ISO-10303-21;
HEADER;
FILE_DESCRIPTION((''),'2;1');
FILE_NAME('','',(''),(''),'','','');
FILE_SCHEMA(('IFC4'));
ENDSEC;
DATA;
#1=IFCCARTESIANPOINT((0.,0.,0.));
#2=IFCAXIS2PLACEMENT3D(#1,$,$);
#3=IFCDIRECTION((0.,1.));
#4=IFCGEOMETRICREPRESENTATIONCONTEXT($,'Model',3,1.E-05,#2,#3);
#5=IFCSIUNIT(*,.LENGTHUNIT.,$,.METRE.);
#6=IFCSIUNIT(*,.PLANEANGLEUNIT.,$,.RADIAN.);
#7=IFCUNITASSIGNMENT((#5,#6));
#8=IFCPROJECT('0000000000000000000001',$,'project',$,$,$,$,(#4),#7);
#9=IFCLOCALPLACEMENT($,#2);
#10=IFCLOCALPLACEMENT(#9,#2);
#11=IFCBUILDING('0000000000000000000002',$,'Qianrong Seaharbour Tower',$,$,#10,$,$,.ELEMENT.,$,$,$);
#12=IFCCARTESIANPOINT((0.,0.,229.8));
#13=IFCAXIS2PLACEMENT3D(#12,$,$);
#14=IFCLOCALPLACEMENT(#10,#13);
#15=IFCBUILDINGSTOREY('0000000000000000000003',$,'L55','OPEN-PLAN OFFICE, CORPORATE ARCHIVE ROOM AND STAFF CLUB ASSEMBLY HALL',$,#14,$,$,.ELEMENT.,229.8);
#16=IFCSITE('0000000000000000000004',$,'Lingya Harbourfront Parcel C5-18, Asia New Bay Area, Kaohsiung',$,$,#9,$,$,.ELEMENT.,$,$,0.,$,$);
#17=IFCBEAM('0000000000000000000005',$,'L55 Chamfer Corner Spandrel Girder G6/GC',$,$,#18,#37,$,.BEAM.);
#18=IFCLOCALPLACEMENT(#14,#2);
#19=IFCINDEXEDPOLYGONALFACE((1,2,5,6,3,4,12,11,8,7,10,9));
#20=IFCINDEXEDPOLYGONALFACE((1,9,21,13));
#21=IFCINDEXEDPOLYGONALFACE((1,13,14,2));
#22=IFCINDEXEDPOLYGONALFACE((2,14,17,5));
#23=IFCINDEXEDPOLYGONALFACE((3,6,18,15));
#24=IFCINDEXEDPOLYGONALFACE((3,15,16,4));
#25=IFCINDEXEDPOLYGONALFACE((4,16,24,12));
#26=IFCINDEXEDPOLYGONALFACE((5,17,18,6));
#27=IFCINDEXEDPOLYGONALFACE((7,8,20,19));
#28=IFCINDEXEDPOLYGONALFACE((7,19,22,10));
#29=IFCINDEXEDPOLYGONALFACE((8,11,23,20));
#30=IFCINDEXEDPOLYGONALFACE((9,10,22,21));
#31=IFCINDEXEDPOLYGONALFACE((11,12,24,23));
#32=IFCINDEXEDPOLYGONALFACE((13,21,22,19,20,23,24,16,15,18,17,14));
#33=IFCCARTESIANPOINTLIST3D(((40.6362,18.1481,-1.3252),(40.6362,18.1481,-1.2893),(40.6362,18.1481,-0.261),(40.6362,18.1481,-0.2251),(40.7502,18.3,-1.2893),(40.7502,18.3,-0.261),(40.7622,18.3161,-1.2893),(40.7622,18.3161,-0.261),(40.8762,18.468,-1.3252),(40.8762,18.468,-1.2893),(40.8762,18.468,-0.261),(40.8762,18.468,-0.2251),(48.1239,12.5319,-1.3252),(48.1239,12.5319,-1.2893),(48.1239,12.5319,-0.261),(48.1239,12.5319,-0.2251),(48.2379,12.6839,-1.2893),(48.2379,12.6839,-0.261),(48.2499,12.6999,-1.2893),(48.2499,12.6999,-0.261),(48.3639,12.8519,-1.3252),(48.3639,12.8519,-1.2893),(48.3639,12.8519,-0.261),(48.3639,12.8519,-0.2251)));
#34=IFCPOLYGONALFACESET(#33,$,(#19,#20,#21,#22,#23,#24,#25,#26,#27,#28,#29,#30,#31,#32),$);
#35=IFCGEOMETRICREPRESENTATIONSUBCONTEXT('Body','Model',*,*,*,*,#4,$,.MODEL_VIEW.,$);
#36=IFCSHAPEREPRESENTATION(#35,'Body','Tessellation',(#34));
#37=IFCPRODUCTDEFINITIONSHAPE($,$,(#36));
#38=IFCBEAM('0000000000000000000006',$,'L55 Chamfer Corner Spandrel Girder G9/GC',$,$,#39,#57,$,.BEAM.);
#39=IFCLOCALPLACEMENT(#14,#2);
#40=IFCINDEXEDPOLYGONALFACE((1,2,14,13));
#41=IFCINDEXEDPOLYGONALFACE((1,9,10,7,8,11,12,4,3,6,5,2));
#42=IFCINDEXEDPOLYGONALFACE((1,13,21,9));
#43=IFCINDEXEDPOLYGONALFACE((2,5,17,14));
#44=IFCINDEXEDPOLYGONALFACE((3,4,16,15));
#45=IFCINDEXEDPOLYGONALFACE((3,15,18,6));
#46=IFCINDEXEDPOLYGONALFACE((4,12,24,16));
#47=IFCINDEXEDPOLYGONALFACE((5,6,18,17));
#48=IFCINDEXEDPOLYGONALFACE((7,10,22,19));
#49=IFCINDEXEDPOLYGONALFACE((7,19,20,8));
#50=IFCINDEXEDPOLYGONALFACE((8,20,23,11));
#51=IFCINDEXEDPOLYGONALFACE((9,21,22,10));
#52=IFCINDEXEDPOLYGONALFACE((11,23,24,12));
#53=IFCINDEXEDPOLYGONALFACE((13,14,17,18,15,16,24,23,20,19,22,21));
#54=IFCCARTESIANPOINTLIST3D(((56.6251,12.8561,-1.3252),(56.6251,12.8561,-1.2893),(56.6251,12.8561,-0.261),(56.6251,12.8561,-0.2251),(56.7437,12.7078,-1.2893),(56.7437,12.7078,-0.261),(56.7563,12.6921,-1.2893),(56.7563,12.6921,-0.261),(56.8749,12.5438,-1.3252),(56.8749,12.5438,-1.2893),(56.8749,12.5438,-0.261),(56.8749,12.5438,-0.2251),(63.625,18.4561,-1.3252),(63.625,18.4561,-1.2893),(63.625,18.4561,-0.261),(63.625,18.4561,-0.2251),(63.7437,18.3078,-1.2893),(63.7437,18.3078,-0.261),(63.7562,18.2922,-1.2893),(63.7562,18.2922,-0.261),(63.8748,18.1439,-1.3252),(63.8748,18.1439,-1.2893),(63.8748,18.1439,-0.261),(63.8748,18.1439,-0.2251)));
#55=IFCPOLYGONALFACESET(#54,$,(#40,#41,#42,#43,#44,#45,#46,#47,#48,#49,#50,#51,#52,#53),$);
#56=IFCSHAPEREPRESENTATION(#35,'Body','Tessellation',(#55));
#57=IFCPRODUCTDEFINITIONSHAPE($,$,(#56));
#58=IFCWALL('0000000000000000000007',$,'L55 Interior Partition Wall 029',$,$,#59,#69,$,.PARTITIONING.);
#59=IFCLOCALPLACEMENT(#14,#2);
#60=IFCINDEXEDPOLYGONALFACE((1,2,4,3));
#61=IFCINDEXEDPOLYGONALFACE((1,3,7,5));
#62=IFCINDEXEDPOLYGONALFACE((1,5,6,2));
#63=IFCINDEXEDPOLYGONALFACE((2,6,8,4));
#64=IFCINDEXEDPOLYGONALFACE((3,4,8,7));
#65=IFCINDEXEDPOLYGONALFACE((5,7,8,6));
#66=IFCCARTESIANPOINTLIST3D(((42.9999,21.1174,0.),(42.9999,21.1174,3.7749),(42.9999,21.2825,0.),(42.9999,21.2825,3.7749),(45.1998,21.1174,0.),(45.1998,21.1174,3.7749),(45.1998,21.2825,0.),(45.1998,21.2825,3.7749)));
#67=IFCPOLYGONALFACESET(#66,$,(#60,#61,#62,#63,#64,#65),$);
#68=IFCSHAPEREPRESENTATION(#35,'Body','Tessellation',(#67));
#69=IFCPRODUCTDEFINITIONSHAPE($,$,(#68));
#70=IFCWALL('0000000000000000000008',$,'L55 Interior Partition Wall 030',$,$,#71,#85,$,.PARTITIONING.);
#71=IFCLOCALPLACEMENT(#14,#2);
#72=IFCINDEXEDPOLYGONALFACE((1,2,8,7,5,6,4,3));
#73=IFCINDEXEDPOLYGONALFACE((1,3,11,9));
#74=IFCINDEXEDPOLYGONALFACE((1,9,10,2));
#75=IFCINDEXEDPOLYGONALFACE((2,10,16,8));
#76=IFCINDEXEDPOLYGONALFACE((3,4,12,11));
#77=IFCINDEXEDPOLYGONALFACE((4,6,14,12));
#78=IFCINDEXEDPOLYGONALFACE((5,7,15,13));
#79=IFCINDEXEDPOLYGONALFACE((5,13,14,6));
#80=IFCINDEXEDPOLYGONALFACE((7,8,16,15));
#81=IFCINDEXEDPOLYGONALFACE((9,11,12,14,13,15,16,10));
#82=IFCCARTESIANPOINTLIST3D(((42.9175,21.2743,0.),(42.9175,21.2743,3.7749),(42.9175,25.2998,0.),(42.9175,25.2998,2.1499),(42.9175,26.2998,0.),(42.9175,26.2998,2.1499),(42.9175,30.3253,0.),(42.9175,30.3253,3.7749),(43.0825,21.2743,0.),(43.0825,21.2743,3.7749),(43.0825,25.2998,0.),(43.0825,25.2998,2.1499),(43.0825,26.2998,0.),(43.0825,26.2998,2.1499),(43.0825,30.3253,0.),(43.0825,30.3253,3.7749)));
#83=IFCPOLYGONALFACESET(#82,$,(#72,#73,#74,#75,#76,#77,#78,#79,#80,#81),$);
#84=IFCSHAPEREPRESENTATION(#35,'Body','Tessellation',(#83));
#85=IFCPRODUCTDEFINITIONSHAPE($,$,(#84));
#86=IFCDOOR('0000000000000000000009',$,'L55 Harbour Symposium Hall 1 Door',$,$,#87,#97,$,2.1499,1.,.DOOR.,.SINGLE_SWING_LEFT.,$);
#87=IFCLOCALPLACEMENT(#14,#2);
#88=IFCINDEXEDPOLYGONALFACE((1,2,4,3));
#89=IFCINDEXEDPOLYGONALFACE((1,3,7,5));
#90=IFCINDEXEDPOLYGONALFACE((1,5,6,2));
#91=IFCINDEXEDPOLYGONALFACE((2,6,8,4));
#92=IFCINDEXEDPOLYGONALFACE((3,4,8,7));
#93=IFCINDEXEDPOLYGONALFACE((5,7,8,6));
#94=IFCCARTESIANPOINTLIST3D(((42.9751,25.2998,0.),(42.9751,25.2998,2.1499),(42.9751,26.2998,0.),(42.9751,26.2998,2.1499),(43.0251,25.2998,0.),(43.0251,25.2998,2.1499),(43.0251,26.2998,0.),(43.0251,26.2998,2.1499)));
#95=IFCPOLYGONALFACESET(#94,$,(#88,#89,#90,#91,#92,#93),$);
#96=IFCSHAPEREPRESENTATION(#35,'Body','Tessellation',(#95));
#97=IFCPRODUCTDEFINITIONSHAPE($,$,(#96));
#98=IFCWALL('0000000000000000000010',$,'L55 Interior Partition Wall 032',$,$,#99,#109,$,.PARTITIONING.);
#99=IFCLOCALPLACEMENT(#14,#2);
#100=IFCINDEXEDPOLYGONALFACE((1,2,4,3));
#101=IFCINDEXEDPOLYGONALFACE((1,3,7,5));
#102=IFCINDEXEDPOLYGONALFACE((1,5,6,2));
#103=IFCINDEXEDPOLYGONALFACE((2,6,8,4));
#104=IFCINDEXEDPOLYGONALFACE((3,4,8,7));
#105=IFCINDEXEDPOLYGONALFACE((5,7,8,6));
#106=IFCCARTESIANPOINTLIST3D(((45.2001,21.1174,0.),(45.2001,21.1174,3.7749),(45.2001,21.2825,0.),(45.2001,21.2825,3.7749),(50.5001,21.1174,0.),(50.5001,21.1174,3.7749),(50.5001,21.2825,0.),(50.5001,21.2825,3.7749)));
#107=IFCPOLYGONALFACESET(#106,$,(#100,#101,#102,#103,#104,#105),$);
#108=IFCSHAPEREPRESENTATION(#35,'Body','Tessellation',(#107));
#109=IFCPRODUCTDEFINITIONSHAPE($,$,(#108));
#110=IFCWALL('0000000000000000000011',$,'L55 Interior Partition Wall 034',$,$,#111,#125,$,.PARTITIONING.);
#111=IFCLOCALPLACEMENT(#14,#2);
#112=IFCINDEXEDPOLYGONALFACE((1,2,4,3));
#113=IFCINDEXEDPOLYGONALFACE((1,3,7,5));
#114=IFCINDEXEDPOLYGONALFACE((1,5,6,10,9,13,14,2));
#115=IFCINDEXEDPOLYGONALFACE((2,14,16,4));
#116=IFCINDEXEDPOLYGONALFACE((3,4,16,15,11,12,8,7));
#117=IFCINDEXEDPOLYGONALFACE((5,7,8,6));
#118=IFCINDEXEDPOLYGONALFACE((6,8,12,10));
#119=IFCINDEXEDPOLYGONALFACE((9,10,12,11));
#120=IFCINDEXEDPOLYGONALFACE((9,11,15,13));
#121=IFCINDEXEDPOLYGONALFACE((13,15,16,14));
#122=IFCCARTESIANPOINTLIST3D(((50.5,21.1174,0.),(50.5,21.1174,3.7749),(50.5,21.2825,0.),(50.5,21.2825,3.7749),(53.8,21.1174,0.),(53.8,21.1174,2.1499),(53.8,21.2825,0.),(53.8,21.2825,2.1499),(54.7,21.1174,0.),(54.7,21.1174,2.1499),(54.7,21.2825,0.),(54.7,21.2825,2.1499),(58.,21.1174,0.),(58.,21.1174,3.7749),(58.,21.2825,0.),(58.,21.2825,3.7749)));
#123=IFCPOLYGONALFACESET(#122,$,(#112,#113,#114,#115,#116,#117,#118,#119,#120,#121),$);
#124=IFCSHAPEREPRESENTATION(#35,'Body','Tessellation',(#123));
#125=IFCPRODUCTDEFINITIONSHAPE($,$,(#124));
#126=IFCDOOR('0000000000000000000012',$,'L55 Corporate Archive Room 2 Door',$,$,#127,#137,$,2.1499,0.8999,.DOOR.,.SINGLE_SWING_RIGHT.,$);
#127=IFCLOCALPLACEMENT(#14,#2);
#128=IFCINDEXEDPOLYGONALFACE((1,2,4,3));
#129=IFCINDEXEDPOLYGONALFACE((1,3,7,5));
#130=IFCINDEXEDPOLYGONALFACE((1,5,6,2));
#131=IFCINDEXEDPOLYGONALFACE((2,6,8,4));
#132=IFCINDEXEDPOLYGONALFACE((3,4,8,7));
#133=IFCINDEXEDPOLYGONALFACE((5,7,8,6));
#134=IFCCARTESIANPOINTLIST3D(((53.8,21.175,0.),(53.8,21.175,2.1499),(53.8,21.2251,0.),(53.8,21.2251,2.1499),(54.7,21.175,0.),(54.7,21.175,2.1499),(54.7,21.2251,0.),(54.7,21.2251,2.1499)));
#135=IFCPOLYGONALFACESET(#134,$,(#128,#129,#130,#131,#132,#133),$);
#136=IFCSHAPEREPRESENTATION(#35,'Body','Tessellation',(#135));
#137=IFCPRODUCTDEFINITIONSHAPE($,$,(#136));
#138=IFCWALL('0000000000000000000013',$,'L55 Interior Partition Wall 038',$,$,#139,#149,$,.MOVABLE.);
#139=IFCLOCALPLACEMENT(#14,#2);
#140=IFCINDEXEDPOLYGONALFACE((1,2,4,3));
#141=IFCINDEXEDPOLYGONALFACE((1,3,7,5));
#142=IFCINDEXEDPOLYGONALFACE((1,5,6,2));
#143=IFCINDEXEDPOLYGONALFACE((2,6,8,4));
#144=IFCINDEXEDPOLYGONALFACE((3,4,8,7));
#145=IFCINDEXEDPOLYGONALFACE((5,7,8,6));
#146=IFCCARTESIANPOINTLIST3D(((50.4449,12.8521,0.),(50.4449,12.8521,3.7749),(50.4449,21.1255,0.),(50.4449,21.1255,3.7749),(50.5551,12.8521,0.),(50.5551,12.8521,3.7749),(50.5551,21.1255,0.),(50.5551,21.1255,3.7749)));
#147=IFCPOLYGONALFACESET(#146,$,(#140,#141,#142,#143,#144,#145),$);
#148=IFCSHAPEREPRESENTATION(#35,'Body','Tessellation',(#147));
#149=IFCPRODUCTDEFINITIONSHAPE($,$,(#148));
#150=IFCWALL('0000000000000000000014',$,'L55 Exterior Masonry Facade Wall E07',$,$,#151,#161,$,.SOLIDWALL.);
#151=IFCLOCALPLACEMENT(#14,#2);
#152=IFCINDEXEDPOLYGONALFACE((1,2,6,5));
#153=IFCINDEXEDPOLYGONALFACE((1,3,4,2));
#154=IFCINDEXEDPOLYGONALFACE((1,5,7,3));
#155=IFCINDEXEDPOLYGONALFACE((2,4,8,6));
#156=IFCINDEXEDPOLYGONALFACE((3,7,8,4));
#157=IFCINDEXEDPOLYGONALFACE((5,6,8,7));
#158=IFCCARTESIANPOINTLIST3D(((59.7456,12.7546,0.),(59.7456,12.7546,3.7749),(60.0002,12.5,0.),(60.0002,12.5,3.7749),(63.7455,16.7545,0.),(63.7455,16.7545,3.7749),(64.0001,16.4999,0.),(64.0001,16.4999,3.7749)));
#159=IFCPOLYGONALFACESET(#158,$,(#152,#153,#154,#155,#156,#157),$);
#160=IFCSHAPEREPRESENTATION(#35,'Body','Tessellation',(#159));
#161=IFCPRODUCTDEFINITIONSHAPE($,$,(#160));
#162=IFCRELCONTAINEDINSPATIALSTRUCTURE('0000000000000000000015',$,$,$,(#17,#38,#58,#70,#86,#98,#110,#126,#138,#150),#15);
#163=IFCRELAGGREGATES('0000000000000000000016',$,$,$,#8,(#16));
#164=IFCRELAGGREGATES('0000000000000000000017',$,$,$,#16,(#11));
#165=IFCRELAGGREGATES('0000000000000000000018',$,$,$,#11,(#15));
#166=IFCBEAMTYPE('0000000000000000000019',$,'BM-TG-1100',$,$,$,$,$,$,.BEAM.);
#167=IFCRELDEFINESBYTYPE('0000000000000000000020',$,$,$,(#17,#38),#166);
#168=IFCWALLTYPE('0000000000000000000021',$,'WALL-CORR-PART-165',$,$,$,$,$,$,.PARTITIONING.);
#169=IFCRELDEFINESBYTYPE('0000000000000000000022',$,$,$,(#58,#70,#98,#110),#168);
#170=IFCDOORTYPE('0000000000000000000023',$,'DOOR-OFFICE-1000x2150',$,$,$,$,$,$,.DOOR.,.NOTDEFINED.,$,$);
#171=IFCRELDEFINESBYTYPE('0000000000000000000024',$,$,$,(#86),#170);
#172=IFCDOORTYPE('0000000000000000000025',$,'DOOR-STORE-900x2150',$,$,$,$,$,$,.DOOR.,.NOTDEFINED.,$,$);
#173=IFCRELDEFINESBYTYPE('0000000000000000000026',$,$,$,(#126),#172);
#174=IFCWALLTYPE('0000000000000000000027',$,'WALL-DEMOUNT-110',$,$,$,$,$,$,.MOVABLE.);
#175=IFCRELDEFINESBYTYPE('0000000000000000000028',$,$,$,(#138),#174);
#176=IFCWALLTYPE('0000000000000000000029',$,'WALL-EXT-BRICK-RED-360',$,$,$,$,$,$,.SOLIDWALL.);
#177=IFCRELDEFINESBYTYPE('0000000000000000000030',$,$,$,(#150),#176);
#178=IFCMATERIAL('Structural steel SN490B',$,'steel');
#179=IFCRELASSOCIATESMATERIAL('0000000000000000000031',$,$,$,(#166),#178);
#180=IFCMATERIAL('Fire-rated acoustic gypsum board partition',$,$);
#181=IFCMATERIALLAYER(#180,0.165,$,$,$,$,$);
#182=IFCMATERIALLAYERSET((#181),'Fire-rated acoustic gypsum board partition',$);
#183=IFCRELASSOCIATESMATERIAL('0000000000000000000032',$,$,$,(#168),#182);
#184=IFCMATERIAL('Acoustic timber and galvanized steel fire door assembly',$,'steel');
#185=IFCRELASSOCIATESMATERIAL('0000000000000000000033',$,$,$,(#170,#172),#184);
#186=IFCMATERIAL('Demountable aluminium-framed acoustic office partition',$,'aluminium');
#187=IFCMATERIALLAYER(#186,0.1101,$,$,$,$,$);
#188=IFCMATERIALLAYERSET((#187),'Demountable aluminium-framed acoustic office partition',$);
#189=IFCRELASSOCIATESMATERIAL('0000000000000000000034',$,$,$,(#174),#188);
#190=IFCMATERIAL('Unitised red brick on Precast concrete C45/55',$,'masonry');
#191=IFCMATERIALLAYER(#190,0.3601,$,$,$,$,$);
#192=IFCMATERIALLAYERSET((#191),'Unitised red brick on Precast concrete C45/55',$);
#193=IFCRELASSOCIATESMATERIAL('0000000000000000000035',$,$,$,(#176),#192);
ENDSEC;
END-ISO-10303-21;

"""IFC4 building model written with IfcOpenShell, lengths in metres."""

from ifc_helpers import new_model, si_unit, direction, frame, frame_2d, origin, origin_2d, place, context, subcontext, project, spatial, rectangle, i_section, extrude, material, layer, layer_set, material_profile, profile_set, type_object, element, fill, save


model = new_model("IFC4")

# Units and contexts
model_context = context("Model", 3, precision=1e-05, world=origin(), true_north=direction((0.0, 1.0)))
body_context = subcontext(model_context, "Body", "Model", "MODEL_VIEW")
ifc_project = project(units=[si_unit("LENGTHUNIT", "METRE"), si_unit("PLANEANGLEUNIT", "RADIAN")], contexts=[model_context])

# Site, building, storey
site_placement = place(None, origin())
site = spatial("IfcSite", under=ifc_project, at=site_placement, Name="Lingya Harbourfront Parcel C5-18, Asia New Bay Area, Kaohsiung", CompositionType="ELEMENT", RefElevation=0.0)
building_placement = place(site_placement, origin())
building = spatial("IfcBuilding", under=site, at=building_placement, Name="Qianrong Seaharbour Tower", CompositionType="ELEMENT")
storey_placement = place(building_placement, frame((0.0, 0.0, 229.8)))
storey = spatial("IfcBuildingStorey", under=building, at=storey_placement, Name="L55", Description="OPEN-PLAN OFFICE, CORPORATE ARCHIVE ROOM AND STAFF CLUB ASSEMBLY HALL", CompositionType="ELEMENT", Elevation=229.8)

# Shared definitions
ifc_material_1 = material(Name="Structural steel SN490B", Category="steel")

# Beams
ifc_material_profile_1 = material_profile(ifc_material_1, i_section(OverallWidth=0.3999, OverallDepth=1.1001, WebThickness=0.02, FlangeThickness=0.0359, at=origin_2d()), Name="BH1100x400x20x36")
ifc_profile_set_1 = profile_set([ifc_material_profile_1], Name="Structural steel SN490B")
beam_type_1 = type_object("IfcBeamType", Name="BM-TG-1100", PredefinedType="BEAM", material=ifc_profile_set_1)
beam_1_placement = place(storey_placement, frame((48.2439, 12.6919, -0.7751), z_axis=(-0.799981, 0.600025, 0.0), x_axis=(-0.600025, -0.799981, 0.0)))
element("IfcBeam", 1, at=beam_1_placement, inside=storey, type_object=beam_type_1, Name="L55 Chamfer Corner Spandrel Girder G6/GC", PredefinedType="BEAM", context=body_context, shape_type="SweptSolid", body=[
    extrude(i_section(OverallWidth=0.3999, OverallDepth=1.1001, WebThickness=0.02, FlangeThickness=0.0359, at=origin_2d()), origin(), (0.0, 0.0, 1.0), 9.3599),
])
beam_2_placement = place(storey_placement, frame((56.75, 12.7, -0.7751), z_axis=(0.780863, 0.624702, 0.0), x_axis=(-0.624702, 0.780863, 0.0)))
element("IfcBeam", 2, at=beam_2_placement, inside=storey, type_object=beam_type_1, Name="L55 Chamfer Corner Spandrel Girder G9/GC", PredefinedType="BEAM", context=body_context, shape_type="SweptSolid", body=[
    extrude(i_section(OverallWidth=0.3999, OverallDepth=1.1001, WebThickness=0.02, FlangeThickness=0.0359, at=origin_2d()), origin(), (0.0, 0.0, 1.0), 8.9644),
])

# Wall
ifc_material_2 = material(Name="Fire-rated acoustic gypsum board partition")
ifc_layer_1 = layer(ifc_material_2, 0.165)
ifc_layer_set_1 = layer_set([ifc_layer_1], Name="Fire-rated acoustic gypsum board partition")
wall_type_1 = type_object("IfcWallType", Name="WALL-CORR-PART-165", PredefinedType="PARTITIONING", material=ifc_layer_set_1)
wall_1_placement = place(storey_placement, frame((45.2, 21.2, 0.0), z_axis=(0.0, 0.0, 1.0), x_axis=(-1.0, 0.0, 0.0)))
element("IfcWall", 3, at=wall_1_placement, inside=storey, type_object=wall_type_1, Name="L55 Interior Partition Wall 029", PredefinedType="PARTITIONING", context=body_context, shape_type="SweptSolid", body=[
    extrude(rectangle(XDim=2.2, YDim=0.165, at=frame_2d((1.1001, 0.0))), origin(), (0.0, 0.0, 1.0), 3.7749),
])

# Wall, opening, door
wall_2_placement = place(storey_placement, frame((43.0, 21.2744, 0.0), z_axis=(0.0, 0.0, 1.0), x_axis=(0.0, 1.0, 0.0)))
wall_2 = element("IfcWall", 4, at=wall_2_placement, inside=storey, type_object=wall_type_1, Name="L55 Interior Partition Wall 030", PredefinedType="PARTITIONING", context=body_context, shape_type="SweptSolid", body=[
    extrude(rectangle(XDim=9.051, YDim=0.165, at=frame_2d((4.5254, 0.0))), origin(), (0.0, 0.0, 1.0), 3.7749),
])
opening_1_placement = place(wall_2_placement, frame((4.0254, 0.0, 0.0)))
opening_1 = element("IfcOpeningElement", 5, at=opening_1_placement, cuts=wall_2, PredefinedType="OPENING", context=body_context, shape_type="SweptSolid", body=[
    extrude(rectangle(XDim=1.0, YDim=2.1499, at=frame_2d((0.5, 1.075))), frame((0.0, 0.0925, 0.0), z_axis=(0.0, -1.0, 0.0), x_axis=(1.0, 0.0, 0.0)), (0.0, 0.0, 1.0), 0.1851),
])
ifc_material_3 = material(Name="Acoustic timber and galvanized steel fire door assembly", Category="steel")
door_type_1 = type_object("IfcDoorType", Name="DOOR-OFFICE-1000x2150", OperationType="NOTDEFINED", PredefinedType="DOOR", material=ifc_material_3)
door_1_placement = place(opening_1_placement, origin())
door_1 = element("IfcDoor", 6, at=door_1_placement, inside=storey, type_object=door_type_1, Name="L55 Harbour Symposium Hall 1 Door", OperationType="SINGLE_SWING_LEFT", OverallHeight=2.1499, OverallWidth=1.0, PredefinedType="DOOR", context=body_context, shape_type="SweptSolid", body=[
    extrude(rectangle(XDim=1.0, YDim=2.1499, at=frame_2d((0.5, 1.075))), frame((0.0, 0.0249, 0.0), z_axis=(0.0, -1.0, 0.0), x_axis=(1.0, 0.0, 0.0)), (0.0, 0.0, 1.0), 0.05),
])
fill(opening_1, door_1)

# Wall
wall_3_placement = place(storey_placement, frame((50.5, 21.2, 0.0), z_axis=(0.0, 0.0, 1.0), x_axis=(-1.0, 0.0, 0.0)))
element("IfcWall", 7, at=wall_3_placement, inside=storey, type_object=wall_type_1, Name="L55 Interior Partition Wall 032", PredefinedType="PARTITIONING", context=body_context, shape_type="SweptSolid", body=[
    extrude(rectangle(XDim=5.3, YDim=0.165, at=frame_2d((2.6499, 0.0))), origin(), (0.0, 0.0, 1.0), 3.7749),
])

# Wall, opening, door
wall_4_placement = place(storey_placement, frame((58.0, 21.2, 0.0), z_axis=(0.0, 0.0, 1.0), x_axis=(-1.0, 0.0, 0.0)))
wall_4 = element("IfcWall", 8, at=wall_4_placement, inside=storey, type_object=wall_type_1, Name="L55 Interior Partition Wall 034", PredefinedType="PARTITIONING", context=body_context, shape_type="SweptSolid", body=[
    extrude(rectangle(XDim=7.5, YDim=0.165, at=frame_2d((3.75, 0.0))), origin(), (0.0, 0.0, 1.0), 3.7749),
])
opening_2_placement = place(wall_4_placement, frame((3.3, 0.0, 0.0)))
opening_2 = element("IfcOpeningElement", 9, at=opening_2_placement, cuts=wall_4, PredefinedType="OPENING", context=body_context, shape_type="SweptSolid", body=[
    extrude(rectangle(XDim=0.8999, YDim=2.1499, at=frame_2d((0.45, 1.075))), frame((0.0, 0.0925, 0.0), z_axis=(0.0, -1.0, 0.0), x_axis=(1.0, 0.0, 0.0)), (0.0, 0.0, 1.0), 0.1851),
])
door_type_2 = type_object("IfcDoorType", Name="DOOR-STORE-900x2150", OperationType="NOTDEFINED", PredefinedType="DOOR", material=ifc_material_3)
door_2_placement = place(opening_2_placement, origin())
door_2 = element("IfcDoor", 10, at=door_2_placement, inside=storey, type_object=door_type_2, Name="L55 Corporate Archive Room 2 Door", OperationType="SINGLE_SWING_RIGHT", OverallHeight=2.1499, OverallWidth=0.8999, PredefinedType="DOOR", context=body_context, shape_type="SweptSolid", body=[
    extrude(rectangle(XDim=0.8999, YDim=2.1499, at=frame_2d((0.45, 1.075))), frame((0.0, 0.0249, 0.0), z_axis=(0.0, -1.0, 0.0), x_axis=(1.0, 0.0, 0.0)), (0.0, 0.0, 1.0), 0.05),
])
fill(opening_2, door_2)

# Walls
ifc_material_4 = material(Name="Demountable aluminium-framed acoustic office partition", Category="aluminium")
ifc_layer_2 = layer(ifc_material_4, 0.1101)
ifc_layer_set_2 = layer_set([ifc_layer_2], Name="Demountable aluminium-framed acoustic office partition")
wall_type_2 = type_object("IfcWallType", Name="WALL-DEMOUNT-110", PredefinedType="MOVABLE", material=ifc_layer_set_2)
wall_5_placement = place(storey_placement, frame((50.5, 21.1255, 0.0), z_axis=(0.0, 0.0, 1.0), x_axis=(0.0, -1.0, 0.0)))
element("IfcWall", 11, at=wall_5_placement, inside=storey, type_object=wall_type_2, Name="L55 Interior Partition Wall 038", PredefinedType="MOVABLE", context=body_context, shape_type="SweptSolid", body=[
    extrude(rectangle(XDim=8.2734, YDim=0.1101, at=frame_2d((4.1367, 0.0))), origin(), (0.0, 0.0, 1.0), 3.7749),
])
ifc_material_5 = material(Name="Unitised red brick on Precast concrete C45/55", Category="masonry")
ifc_layer_3 = layer(ifc_material_5, 0.3601)
ifc_layer_set_3 = layer_set([ifc_layer_3], Name="Unitised red brick on Precast concrete C45/55")
wall_type_3 = type_object("IfcWallType", Name="WALL-EXT-BRICK-RED-360", PredefinedType="SOLIDWALL", material=ifc_layer_set_3)
wall_6_placement = place(storey_placement, frame((63.8728, 16.6272, 0.0), z_axis=(0.0, 0.0, 1.0), x_axis=(-0.707107, -0.707107, 0.0)))
element("IfcWall", 12, at=wall_6_placement, inside=storey, type_object=wall_type_3, Name="L55 Exterior Masonry Facade Wall E07", PredefinedType="SOLIDWALL", context=body_context, shape_type="SweptSolid", body=[
    extrude(rectangle(XDim=5.6567, YDim=0.3601, at=frame_2d((2.8284, 0.0))), origin(), (0.0, 0.0, 1.0), 3.7749),
])

save(model, "model.ifc")
